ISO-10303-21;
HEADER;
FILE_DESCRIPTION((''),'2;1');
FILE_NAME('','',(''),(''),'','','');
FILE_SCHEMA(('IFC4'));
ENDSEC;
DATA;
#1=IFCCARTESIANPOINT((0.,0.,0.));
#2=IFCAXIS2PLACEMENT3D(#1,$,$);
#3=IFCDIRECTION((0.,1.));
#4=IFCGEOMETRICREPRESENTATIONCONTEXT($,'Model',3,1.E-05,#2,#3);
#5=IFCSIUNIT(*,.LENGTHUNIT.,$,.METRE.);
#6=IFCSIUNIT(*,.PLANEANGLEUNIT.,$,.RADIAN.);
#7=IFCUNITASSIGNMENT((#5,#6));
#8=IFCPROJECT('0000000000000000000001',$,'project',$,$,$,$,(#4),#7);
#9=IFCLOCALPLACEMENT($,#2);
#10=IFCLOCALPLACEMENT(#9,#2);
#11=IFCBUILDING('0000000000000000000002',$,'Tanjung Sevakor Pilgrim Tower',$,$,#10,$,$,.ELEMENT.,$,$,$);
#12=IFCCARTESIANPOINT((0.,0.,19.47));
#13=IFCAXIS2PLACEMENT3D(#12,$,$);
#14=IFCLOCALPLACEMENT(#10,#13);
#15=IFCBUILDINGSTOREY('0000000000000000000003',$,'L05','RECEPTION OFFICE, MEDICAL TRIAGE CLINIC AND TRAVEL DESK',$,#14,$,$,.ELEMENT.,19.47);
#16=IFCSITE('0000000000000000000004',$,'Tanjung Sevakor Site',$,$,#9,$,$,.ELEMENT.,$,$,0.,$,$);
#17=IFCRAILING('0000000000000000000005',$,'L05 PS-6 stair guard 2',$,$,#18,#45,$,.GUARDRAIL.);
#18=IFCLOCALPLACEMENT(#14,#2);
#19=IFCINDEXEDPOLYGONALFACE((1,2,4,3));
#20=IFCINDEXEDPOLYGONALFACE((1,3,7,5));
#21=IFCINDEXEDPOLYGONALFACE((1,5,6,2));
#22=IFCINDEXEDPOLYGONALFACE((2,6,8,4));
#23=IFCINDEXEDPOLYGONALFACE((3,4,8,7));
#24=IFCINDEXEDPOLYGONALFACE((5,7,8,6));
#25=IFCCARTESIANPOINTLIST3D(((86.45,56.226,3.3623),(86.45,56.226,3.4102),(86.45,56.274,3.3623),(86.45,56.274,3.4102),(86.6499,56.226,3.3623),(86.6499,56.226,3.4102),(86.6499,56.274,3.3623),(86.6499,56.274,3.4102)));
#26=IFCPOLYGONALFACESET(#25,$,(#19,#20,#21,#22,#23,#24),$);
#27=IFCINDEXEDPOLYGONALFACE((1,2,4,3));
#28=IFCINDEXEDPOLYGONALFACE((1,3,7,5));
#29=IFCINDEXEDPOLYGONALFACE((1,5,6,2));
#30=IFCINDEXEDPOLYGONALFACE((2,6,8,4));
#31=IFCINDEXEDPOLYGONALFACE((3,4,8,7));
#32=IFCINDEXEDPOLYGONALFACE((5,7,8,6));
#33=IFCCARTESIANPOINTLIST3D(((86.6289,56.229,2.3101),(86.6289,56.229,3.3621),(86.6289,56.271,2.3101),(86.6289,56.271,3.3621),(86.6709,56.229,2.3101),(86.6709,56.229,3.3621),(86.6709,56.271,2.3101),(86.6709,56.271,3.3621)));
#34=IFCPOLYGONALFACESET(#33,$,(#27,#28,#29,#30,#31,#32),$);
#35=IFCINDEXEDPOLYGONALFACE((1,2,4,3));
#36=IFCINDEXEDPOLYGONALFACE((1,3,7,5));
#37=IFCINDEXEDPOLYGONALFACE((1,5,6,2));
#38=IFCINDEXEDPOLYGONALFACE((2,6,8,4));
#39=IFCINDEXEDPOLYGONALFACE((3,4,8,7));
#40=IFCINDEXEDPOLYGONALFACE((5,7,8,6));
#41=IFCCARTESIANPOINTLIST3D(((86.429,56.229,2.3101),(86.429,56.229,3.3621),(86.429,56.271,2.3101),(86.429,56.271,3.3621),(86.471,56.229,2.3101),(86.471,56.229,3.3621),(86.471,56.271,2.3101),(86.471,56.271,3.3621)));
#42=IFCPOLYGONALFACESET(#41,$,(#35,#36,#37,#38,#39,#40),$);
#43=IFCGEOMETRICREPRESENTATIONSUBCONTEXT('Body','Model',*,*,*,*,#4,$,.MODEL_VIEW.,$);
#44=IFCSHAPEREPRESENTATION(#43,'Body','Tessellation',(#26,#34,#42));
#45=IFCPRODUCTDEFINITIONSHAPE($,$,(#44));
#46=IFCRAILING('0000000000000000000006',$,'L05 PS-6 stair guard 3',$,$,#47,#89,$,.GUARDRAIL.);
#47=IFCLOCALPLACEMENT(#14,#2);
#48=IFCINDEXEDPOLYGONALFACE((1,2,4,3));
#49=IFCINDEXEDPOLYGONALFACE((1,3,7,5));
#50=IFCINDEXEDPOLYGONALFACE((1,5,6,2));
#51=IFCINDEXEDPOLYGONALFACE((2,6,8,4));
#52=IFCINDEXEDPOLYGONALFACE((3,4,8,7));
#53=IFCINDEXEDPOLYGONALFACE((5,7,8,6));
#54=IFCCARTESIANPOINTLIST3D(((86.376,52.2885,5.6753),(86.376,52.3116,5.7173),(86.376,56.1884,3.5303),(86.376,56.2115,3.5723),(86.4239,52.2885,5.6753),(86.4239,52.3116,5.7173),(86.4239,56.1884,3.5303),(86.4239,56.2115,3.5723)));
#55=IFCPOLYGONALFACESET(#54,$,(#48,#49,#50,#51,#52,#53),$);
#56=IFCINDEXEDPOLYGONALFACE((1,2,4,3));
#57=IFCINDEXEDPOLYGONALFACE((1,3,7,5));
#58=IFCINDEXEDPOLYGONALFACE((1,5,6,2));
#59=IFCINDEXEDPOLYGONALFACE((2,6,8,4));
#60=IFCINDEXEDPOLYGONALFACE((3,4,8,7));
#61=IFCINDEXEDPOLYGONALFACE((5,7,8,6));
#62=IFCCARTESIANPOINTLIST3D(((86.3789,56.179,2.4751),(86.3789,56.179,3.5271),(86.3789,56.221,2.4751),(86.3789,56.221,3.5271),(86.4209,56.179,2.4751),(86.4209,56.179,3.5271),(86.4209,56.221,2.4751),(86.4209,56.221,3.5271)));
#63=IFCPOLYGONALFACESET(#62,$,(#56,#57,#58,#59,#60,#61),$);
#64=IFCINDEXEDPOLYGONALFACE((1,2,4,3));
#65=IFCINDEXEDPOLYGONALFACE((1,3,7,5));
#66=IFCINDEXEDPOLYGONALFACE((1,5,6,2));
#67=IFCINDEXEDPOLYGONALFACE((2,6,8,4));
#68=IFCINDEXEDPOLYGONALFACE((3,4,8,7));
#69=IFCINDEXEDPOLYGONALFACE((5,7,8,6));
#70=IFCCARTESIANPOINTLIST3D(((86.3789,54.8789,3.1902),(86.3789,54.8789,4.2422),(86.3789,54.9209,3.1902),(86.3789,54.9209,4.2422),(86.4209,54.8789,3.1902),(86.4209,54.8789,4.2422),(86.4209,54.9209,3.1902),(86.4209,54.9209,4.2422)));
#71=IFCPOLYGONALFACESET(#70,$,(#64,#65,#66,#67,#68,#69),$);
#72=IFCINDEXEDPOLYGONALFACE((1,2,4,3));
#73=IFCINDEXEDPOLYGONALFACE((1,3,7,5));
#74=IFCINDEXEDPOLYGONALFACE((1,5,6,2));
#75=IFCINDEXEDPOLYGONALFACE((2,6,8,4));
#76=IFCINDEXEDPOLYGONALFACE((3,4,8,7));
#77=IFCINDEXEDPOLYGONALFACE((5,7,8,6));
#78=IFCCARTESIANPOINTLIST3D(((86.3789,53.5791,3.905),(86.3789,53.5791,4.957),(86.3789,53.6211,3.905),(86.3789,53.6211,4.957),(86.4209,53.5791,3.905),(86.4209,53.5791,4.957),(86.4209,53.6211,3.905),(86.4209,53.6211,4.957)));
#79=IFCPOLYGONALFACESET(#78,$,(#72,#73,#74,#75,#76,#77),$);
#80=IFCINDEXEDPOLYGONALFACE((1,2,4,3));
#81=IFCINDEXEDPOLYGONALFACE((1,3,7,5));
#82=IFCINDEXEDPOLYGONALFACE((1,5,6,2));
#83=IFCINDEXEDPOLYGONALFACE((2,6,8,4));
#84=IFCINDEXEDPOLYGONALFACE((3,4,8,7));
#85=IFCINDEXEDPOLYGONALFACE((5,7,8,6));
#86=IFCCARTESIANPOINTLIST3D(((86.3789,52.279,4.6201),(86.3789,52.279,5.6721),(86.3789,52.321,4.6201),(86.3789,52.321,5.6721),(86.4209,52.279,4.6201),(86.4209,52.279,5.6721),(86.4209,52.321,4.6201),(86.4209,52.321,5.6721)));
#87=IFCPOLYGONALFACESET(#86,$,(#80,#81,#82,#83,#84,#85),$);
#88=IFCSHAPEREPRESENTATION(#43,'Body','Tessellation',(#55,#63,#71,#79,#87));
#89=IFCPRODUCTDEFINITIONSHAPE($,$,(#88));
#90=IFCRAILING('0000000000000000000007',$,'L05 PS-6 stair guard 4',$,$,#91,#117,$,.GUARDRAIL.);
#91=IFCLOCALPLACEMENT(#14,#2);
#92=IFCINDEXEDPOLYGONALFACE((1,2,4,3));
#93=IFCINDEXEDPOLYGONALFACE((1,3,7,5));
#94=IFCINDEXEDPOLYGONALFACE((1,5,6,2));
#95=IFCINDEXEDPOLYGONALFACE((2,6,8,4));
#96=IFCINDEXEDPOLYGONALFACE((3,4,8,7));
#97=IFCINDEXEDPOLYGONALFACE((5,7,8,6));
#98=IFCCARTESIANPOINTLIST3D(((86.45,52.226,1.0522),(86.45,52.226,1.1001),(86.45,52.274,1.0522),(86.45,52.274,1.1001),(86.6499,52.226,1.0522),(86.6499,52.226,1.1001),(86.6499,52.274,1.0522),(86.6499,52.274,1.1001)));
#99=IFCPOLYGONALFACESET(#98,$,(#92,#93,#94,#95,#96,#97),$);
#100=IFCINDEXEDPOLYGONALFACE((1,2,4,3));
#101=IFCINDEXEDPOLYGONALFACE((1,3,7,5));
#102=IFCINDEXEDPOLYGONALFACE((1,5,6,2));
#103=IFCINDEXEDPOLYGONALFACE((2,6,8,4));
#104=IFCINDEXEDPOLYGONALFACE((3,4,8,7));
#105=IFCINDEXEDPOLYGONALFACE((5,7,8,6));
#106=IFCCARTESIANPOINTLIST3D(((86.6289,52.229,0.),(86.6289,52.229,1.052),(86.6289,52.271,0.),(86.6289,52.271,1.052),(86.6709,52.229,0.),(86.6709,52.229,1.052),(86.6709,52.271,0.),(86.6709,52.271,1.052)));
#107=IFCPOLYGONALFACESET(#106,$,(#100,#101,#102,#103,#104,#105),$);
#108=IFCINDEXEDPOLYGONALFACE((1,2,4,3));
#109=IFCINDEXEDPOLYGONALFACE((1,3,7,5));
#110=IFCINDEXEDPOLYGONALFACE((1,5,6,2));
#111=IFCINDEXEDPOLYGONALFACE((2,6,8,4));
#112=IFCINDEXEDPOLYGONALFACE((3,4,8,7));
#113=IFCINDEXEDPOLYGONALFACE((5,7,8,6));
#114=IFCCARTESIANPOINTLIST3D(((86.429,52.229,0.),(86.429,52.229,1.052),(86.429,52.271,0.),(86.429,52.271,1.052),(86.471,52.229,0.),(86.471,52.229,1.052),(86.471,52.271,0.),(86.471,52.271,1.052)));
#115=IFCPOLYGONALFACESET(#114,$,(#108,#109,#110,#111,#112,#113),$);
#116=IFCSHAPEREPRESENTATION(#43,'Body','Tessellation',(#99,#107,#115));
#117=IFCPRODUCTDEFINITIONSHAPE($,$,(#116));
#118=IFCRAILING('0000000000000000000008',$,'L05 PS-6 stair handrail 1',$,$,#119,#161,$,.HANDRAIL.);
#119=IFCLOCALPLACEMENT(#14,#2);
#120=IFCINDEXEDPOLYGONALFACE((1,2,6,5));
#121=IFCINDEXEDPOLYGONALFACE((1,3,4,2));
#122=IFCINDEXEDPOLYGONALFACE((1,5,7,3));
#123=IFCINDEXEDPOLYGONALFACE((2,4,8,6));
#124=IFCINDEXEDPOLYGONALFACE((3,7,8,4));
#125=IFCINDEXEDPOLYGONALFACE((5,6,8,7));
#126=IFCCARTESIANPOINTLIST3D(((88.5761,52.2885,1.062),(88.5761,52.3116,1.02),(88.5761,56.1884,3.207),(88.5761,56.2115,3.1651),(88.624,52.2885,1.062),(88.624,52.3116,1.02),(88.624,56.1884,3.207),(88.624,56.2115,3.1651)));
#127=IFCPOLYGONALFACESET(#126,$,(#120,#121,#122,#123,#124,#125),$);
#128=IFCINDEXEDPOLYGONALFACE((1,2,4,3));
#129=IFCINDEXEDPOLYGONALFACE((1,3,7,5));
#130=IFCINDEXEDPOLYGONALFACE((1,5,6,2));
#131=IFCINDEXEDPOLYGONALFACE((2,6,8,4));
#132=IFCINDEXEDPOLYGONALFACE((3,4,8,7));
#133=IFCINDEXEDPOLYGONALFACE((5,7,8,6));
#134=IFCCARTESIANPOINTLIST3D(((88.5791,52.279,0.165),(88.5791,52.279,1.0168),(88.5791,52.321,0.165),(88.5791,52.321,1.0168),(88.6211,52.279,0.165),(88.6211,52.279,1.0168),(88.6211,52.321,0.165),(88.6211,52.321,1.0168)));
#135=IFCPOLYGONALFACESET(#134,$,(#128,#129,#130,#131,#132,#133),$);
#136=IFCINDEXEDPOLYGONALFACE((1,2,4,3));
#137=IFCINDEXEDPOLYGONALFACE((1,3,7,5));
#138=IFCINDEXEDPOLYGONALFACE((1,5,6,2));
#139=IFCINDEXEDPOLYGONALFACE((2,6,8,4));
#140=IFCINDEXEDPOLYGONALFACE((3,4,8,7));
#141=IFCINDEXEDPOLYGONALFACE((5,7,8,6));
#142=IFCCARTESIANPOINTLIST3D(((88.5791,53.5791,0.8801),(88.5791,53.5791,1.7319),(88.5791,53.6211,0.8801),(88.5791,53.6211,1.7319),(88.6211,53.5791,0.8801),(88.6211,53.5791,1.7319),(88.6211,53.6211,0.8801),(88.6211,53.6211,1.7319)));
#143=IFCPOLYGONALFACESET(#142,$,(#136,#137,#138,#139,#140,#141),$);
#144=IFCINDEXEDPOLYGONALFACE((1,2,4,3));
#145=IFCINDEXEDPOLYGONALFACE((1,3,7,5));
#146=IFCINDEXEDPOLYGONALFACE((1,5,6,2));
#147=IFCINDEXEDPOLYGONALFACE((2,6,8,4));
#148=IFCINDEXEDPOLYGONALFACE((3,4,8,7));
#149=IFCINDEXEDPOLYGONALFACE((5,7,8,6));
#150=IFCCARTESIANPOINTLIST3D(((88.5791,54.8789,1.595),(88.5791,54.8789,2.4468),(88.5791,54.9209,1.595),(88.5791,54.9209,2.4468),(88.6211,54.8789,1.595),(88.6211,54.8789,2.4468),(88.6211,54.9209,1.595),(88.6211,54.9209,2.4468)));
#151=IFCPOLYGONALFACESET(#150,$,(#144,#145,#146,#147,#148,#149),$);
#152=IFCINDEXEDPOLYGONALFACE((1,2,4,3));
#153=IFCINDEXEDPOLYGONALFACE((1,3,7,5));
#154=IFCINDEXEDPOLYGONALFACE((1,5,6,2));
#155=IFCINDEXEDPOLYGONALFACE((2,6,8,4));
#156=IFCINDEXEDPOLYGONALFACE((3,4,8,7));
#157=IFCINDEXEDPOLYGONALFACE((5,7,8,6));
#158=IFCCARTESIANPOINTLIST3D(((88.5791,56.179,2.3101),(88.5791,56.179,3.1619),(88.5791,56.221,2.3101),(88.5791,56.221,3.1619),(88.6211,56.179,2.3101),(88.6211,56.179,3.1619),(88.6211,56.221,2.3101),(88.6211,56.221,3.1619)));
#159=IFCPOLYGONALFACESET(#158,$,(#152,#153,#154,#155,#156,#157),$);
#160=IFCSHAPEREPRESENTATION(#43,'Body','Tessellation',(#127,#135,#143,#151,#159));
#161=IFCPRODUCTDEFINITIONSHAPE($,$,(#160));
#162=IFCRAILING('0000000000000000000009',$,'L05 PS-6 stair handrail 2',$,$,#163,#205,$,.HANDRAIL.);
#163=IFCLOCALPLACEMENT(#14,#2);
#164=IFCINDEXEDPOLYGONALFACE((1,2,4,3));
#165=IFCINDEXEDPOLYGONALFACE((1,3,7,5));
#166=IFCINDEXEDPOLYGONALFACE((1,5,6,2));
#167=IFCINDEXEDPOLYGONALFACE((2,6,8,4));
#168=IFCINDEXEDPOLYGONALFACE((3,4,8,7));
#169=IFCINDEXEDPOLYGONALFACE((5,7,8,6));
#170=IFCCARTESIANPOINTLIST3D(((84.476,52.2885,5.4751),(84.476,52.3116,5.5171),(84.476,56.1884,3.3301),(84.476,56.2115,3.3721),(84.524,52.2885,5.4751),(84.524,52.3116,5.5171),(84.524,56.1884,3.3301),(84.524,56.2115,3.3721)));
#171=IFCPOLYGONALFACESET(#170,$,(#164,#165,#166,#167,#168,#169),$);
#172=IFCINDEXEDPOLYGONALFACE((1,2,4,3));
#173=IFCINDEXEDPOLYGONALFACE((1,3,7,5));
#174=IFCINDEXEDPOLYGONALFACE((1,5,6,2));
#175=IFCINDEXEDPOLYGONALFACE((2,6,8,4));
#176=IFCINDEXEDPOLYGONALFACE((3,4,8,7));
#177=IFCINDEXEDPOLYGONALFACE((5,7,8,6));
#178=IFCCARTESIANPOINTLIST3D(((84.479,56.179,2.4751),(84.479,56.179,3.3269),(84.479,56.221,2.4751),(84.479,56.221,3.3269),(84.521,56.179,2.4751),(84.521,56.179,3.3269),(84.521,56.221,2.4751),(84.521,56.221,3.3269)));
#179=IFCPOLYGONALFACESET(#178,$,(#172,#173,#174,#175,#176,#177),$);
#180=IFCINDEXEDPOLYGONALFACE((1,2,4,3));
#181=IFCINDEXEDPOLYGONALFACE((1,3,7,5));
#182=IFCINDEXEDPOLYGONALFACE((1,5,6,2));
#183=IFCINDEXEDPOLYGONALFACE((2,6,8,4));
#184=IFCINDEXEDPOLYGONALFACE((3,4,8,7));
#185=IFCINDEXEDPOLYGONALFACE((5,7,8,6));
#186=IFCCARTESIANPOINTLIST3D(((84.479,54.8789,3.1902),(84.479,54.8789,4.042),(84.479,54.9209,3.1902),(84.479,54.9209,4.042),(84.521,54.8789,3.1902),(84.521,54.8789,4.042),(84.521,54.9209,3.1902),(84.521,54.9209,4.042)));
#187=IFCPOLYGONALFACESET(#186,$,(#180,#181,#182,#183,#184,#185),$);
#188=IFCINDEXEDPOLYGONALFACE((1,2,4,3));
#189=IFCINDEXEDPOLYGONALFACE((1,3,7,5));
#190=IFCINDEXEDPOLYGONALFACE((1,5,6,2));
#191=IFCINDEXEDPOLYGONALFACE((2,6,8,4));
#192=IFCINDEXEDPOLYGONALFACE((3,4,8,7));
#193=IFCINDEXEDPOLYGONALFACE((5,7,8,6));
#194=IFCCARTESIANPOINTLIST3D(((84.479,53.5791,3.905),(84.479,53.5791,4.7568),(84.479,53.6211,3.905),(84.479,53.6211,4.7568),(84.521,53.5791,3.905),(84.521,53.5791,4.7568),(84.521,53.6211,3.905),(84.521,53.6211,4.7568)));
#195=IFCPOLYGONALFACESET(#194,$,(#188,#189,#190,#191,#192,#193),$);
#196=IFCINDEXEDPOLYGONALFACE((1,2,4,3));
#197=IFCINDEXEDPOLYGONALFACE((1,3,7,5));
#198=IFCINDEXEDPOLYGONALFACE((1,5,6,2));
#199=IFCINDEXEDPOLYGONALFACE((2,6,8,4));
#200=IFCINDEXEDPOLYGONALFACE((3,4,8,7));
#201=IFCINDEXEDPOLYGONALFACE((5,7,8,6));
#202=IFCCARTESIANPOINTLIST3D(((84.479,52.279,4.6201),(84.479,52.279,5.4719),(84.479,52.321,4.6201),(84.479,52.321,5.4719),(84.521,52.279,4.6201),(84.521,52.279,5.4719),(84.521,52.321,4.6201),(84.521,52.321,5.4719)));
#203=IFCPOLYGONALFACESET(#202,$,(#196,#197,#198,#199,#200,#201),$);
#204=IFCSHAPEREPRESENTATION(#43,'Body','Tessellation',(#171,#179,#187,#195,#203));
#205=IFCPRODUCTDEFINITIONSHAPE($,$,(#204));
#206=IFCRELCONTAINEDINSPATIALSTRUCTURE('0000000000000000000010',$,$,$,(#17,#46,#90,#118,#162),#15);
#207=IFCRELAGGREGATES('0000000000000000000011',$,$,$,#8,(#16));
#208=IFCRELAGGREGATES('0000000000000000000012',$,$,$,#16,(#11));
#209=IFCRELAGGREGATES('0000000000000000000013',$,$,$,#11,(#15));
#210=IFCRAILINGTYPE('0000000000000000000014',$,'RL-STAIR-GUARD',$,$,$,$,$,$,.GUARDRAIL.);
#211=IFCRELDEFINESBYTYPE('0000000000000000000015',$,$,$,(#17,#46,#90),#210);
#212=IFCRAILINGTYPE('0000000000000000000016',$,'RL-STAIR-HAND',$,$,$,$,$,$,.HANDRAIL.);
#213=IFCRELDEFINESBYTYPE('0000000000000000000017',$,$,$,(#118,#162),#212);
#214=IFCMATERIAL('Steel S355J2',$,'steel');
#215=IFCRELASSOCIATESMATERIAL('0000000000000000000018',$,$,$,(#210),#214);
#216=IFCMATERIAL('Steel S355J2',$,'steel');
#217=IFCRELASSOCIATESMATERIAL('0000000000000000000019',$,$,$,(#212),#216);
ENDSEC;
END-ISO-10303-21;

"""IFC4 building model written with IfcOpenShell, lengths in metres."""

from ifc_helpers import new_model, si_unit, direction, frame, origin, place, context, subcontext, project, spatial, rectangle, extrude, material, type_object, element, save


model = new_model("IFC4")

# Units and contexts
model_context = context("Model", 3, precision=1e-05, world=origin(), true_north=direction((0.0, 1.0)))
body_context = subcontext(model_context, "Body", "Model", "MODEL_VIEW")
ifc_project = project(units=[si_unit("LENGTHUNIT", "METRE"), si_unit("PLANEANGLEUNIT", "RADIAN")], contexts=[model_context])

# Site, building, storey
site_placement = place(None, origin())
site = spatial("IfcSite", under=ifc_project, at=site_placement, Name="Tanjung Sevakor Site", CompositionType="ELEMENT", RefElevation=0.0)
building_placement = place(site_placement, origin())
building = spatial("IfcBuilding", under=site, at=building_placement, Name="Tanjung Sevakor Pilgrim Tower", CompositionType="ELEMENT")
storey_placement = place(building_placement, frame((0.0, 0.0, 19.47)))
storey = spatial("IfcBuildingStorey", under=building, at=storey_placement, Name="L05", Description="RECEPTION OFFICE, MEDICAL TRIAGE CLINIC AND TRAVEL DESK", CompositionType="ELEMENT", Elevation=19.47)

# Railings
ifc_material_1 = material(Name="Steel S355J2", Category="steel")
railing_type_1 = type_object("IfcRailingType", Name="RL-STAIR-GUARD", PredefinedType="GUARDRAIL", material=ifc_material_1)
railing_1_placement = place(storey_placement, frame((86.6499, 56.25, 2.3101)))
element("IfcRailing", 1, at=railing_1_placement, inside=storey, type_object=railing_type_1, Name="L05 PS-6 stair guard 2", PredefinedType="GUARDRAIL", context=body_context, shape_type="SweptSolid", body=[
    extrude(rectangle(XDim=0.0479, YDim=0.0479), frame((0.0, 0.0, 1.0762), z_axis=(-1.0, 0.0, 0.0), x_axis=(0.0, -1.0, 0.0)), (0.0, 0.0, 1.0), 0.2),
    extrude(rectangle(XDim=0.042, YDim=0.042), origin(), (0.0, 0.0, 1.0), 1.052),
    extrude(rectangle(XDim=0.042, YDim=0.042), frame((-0.2, 0.0, 0.0)), (0.0, 0.0, 1.0), 1.052),
])
railing_2_placement = place(storey_placement, frame((86.3999, 56.2, 2.4751)))
element("IfcRailing", 2, at=railing_2_placement, inside=storey, type_object=railing_type_1, Name="L05 PS-6 stair guard 3", PredefinedType="GUARDRAIL", context=body_context, shape_type="SweptSolid", body=[
    extrude(rectangle(XDim=0.0479, YDim=0.0479), frame((0.0, 0.0, 1.0762), z_axis=(0.0, -0.876209, 0.481931), x_axis=(1.0, 0.0, 0.0)), (0.0, 0.0, 1.0), 4.4509),
    extrude(rectangle(XDim=0.042, YDim=0.042), origin(), (0.0, 0.0, 1.0), 1.052),
    extrude(rectangle(XDim=0.042, YDim=0.042), frame((0.0, -1.3, 0.7151)), (0.0, 0.0, 1.0), 1.052),
    extrude(rectangle(XDim=0.042, YDim=0.042), frame((0.0, -2.5999, 1.4299)), (0.0, 0.0, 1.0), 1.052),
    extrude(rectangle(XDim=0.042, YDim=0.042), frame((0.0, -3.8999, 2.145)), (0.0, 0.0, 1.0), 1.052),
])
railing_3_placement = place(storey_placement, frame((86.6499, 52.25, 0.0)))
element("IfcRailing", 3, at=railing_3_placement, inside=storey, type_object=railing_type_1, Name="L05 PS-6 stair guard 4", PredefinedType="GUARDRAIL", context=body_context, shape_type="SweptSolid", body=[
    extrude(rectangle(XDim=0.0479, YDim=0.0479), frame((0.0, 0.0, 1.0762), z_axis=(-1.0, 0.0, 0.0), x_axis=(0.0, -1.0, 0.0)), (0.0, 0.0, 1.0), 0.2),
    extrude(rectangle(XDim=0.042, YDim=0.042), origin(), (0.0, 0.0, 1.0), 1.052),
    extrude(rectangle(XDim=0.042, YDim=0.042), frame((-0.2, 0.0, 0.0)), (0.0, 0.0, 1.0), 1.052),
])
ifc_material_2 = material(Name="Steel S355J2", Category="steel")
railing_type_2 = type_object("IfcRailingType", Name="RL-STAIR-HAND", PredefinedType="HANDRAIL", material=ifc_material_2)
railing_4_placement = place(storey_placement, frame((88.6001, 52.3, 0.165)))
element("IfcRailing", 4, at=railing_4_placement, inside=storey, type_object=railing_type_2, Name="L05 PS-6 stair handrail 1", PredefinedType="HANDRAIL", context=body_context, shape_type="SweptSolid", body=[
    extrude(rectangle(XDim=0.0479, YDim=0.0479), frame((0.0, 0.0, 0.876), z_axis=(0.0, 0.876209, 0.481931), x_axis=(-1.0, 0.0, 0.0)), (0.0, 0.0, 1.0), 4.4509),
    extrude(rectangle(XDim=0.042, YDim=0.042), origin(), (0.0, 0.0, 1.0), 0.8518),
    extrude(rectangle(XDim=0.042, YDim=0.042), frame((0.0, 1.3, 0.7151)), (0.0, 0.0, 1.0), 0.8518),
    extrude(rectangle(XDim=0.042, YDim=0.042), frame((0.0, 2.5999, 1.4299)), (0.0, 0.0, 1.0), 0.8518),
    extrude(rectangle(XDim=0.042, YDim=0.042), frame((0.0, 3.8999, 2.145)), (0.0, 0.0, 1.0), 0.8518),
])
railing_5_placement = place(storey_placement, frame((84.5, 56.2, 2.4751)))
element("IfcRailing", 5, at=railing_5_placement, inside=storey, type_object=railing_type_2, Name="L05 PS-6 stair handrail 2", PredefinedType="HANDRAIL", context=body_context, shape_type="SweptSolid", body=[
    extrude(rectangle(XDim=0.0479, YDim=0.0479), frame((0.0, 0.0, 0.876), z_axis=(0.0, -0.876209, 0.481931), x_axis=(1.0, 0.0, 0.0)), (0.0, 0.0, 1.0), 4.4509),
    extrude(rectangle(XDim=0.042, YDim=0.042), origin(), (0.0, 0.0, 1.0), 0.8518),
    extrude(rectangle(XDim=0.042, YDim=0.042), frame((0.0, -1.3, 0.7151)), (0.0, 0.0, 1.0), 0.8518),
    extrude(rectangle(XDim=0.042, YDim=0.042), frame((0.0, -2.5999, 1.4299)), (0.0, 0.0, 1.0), 0.8518),
    extrude(rectangle(XDim=0.042, YDim=0.042), frame((0.0, -3.8999, 2.145)), (0.0, 0.0, 1.0), 0.8518),
])

save(model, "model.ifc")
